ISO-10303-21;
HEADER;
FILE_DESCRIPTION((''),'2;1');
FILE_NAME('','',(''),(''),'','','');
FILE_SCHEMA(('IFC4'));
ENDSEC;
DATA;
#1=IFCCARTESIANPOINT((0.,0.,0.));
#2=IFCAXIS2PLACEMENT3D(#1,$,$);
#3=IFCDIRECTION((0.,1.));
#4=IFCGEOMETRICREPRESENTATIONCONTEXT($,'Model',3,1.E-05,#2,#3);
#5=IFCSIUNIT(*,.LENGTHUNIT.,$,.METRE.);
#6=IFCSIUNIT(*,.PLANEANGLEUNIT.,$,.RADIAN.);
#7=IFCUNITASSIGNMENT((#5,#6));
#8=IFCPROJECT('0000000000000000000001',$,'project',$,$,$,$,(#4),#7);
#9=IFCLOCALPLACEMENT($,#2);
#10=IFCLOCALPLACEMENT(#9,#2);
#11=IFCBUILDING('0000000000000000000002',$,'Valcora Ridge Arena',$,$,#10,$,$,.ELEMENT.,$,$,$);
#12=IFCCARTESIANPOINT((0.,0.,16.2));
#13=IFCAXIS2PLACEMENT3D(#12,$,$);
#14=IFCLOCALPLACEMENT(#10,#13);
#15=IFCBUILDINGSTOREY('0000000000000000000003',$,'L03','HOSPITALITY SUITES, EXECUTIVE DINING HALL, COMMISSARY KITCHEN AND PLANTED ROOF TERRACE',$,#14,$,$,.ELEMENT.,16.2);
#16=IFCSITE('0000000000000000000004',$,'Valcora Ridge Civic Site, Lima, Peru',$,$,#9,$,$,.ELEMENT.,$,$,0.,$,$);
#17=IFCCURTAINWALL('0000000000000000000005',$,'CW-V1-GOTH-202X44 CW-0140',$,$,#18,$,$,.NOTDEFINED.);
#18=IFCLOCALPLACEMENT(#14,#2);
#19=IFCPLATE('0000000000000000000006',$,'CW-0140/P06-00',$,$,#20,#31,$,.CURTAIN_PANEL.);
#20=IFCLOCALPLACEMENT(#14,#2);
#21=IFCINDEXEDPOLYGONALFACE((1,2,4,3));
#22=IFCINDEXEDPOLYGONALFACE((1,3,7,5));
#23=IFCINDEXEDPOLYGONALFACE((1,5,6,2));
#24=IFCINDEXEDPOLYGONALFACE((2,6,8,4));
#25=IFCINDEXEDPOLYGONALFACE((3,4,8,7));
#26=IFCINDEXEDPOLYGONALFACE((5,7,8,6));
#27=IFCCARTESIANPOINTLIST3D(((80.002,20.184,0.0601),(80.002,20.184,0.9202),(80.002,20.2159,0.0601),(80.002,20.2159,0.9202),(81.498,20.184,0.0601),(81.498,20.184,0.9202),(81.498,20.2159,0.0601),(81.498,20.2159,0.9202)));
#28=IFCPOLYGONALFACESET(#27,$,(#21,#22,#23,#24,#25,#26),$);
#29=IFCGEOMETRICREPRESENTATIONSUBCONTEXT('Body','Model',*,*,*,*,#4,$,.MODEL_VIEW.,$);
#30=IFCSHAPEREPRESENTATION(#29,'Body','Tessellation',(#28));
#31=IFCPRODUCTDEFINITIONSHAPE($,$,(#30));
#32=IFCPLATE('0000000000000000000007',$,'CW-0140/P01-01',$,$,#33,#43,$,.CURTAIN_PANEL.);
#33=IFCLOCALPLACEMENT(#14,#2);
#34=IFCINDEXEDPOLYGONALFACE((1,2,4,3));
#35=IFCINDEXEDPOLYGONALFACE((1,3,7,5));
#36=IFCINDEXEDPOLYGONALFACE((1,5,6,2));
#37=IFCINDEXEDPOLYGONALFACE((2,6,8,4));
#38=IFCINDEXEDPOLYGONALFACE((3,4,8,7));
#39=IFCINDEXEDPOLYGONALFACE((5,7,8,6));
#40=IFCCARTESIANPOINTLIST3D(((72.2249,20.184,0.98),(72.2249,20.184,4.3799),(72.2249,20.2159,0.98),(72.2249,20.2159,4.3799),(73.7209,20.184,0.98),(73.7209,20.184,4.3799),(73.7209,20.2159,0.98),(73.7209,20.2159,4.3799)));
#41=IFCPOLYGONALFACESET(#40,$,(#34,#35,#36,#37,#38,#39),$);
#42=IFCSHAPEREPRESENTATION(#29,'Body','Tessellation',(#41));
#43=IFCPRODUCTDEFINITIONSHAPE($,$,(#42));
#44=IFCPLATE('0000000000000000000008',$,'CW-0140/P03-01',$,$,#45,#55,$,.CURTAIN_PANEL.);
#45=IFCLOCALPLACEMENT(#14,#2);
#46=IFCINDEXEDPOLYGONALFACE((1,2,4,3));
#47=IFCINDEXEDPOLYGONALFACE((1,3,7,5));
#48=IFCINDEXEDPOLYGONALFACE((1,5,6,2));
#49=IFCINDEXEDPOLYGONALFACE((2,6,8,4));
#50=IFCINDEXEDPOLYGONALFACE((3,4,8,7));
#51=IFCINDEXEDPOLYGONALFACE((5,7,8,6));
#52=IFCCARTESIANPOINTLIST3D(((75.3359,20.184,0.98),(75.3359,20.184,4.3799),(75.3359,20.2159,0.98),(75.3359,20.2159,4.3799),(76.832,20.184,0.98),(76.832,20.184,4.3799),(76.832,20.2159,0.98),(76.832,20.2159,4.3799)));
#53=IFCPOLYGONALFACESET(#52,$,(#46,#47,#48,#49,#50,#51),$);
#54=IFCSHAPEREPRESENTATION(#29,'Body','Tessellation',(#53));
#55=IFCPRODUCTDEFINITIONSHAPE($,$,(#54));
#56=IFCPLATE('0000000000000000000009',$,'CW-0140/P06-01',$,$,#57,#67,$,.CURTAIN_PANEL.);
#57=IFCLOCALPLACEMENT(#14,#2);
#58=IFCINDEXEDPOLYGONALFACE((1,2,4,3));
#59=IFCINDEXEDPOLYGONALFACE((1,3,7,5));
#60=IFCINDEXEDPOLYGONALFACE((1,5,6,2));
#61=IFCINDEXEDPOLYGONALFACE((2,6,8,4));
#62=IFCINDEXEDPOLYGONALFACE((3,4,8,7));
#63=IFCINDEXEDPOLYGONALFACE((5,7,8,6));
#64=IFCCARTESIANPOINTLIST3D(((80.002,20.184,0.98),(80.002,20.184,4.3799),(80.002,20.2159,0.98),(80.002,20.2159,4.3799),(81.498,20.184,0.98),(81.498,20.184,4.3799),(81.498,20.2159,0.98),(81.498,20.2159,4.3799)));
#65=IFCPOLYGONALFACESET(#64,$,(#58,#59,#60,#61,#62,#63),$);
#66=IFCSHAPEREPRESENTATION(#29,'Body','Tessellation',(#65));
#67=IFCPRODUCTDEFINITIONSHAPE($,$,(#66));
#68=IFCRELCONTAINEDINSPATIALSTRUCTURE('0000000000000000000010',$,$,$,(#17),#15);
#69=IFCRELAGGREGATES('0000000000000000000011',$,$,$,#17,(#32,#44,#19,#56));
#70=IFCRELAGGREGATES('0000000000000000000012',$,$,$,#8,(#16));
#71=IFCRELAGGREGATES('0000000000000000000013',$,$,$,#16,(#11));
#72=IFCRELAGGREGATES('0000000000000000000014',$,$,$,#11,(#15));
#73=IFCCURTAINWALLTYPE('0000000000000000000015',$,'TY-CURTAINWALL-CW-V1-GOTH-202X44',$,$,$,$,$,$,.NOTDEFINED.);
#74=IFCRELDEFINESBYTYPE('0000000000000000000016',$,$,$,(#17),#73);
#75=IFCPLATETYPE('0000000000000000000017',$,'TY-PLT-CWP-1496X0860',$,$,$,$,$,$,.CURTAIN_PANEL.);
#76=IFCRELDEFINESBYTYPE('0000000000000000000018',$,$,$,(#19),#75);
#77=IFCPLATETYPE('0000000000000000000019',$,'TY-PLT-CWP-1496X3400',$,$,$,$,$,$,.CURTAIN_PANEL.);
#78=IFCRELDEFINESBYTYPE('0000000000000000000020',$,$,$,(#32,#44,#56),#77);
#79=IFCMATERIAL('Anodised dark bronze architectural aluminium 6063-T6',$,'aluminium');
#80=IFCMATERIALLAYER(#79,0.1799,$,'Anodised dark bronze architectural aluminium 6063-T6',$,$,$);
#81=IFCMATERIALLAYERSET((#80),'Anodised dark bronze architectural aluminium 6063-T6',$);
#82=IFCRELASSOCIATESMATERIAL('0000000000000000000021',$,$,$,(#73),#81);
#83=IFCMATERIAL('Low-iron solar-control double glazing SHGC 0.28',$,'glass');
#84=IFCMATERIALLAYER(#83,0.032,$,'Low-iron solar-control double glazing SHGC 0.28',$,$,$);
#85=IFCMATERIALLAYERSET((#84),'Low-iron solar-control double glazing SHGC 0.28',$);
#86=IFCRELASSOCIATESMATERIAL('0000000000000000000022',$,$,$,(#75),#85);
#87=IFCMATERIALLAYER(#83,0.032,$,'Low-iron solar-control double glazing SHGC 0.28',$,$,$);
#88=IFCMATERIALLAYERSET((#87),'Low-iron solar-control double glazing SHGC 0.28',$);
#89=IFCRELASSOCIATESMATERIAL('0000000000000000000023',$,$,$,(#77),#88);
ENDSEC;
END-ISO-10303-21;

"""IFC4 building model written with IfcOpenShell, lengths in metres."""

from ifc_helpers import new_model, si_unit, direction, frame, origin, origin_2d, place, context, subcontext, project, spatial, rectangle, extrude, material, layer, layer_set, type_object, element, aggregate, save


model = new_model("IFC4")

# Units and contexts
model_context = context("Model", 3, precision=1e-05, world=origin(), true_north=direction((0.0, 1.0)))
body_context = subcontext(model_context, "Body", "Model", "MODEL_VIEW")
ifc_project = project(units=[si_unit("LENGTHUNIT", "METRE"), si_unit("PLANEANGLEUNIT", "RADIAN")], contexts=[model_context])

# Site, building, storey
site_placement = place(None, origin())
site = spatial("IfcSite", under=ifc_project, at=site_placement, Name="Valcora Ridge Civic Site, Lima, Peru", CompositionType="ELEMENT", RefElevation=0.0)
building_placement = place(site_placement, origin())
building = spatial("IfcBuilding", under=site, at=building_placement, Name="Valcora Ridge Arena", CompositionType="ELEMENT")
storey_placement = place(building_placement, frame((0.0, 0.0, 16.2)))
storey = spatial("IfcBuildingStorey", under=building, at=storey_placement, Name="L03", Description="HOSPITALITY SUITES, EXECUTIVE DINING HALL, COMMISSARY KITCHEN AND PLANTED ROOF TERRACE", CompositionType="ELEMENT", Elevation=16.2)

# Curtain wall, plates
ifc_material_1 = material(Name="Anodised dark bronze architectural aluminium 6063-T6", Category="aluminium")
ifc_layer_1 = layer(ifc_material_1, 0.1799, Name="Anodised dark bronze architectural aluminium 6063-T6")
ifc_layer_set_1 = layer_set([ifc_layer_1], Name="Anodised dark bronze architectural aluminium 6063-T6")
curtain_wall_type = type_object("IfcCurtainWallType", Name="TY-CURTAINWALL-CW-V1-GOTH-202X44", PredefinedType="NOTDEFINED", material=ifc_layer_set_1)
curtain_wall_placement = place(storey_placement, origin())
curtain_wall = element("IfcCurtainWall", 1, at=curtain_wall_placement, inside=storey, type_object=curtain_wall_type, Name="CW-V1-GOTH-202X44 CW-0140", PredefinedType="NOTDEFINED")
ifc_material_2 = material(Name="Low-iron solar-control double glazing SHGC 0.28", Category="glass")
ifc_layer_2 = layer(ifc_material_2, 0.032, Name="Low-iron solar-control double glazing SHGC 0.28")
ifc_layer_set_2 = layer_set([ifc_layer_2], Name="Low-iron solar-control double glazing SHGC 0.28")
plate_type_1 = type_object("IfcPlateType", Name="TY-PLT-CWP-1496X0860", PredefinedType="CURTAIN_PANEL", material=ifc_layer_set_2)
plate_1_placement = place(storey_placement, frame((80.75, 20.2, 0.0601), z_axis=(0.0, 0.0, 1.0), x_axis=(1.0, 0.0, 0.0)))
plate_1 = element("IfcPlate", 2, at=plate_1_placement, type_object=plate_type_1, Name="CW-0140/P06-00", PredefinedType="CURTAIN_PANEL", context=body_context, shape_type="SweptSolid", body=[
    extrude(rectangle(XDim=1.4961, YDim=0.032, at=origin_2d()), origin(), (0.0, 0.0, 1.0), 0.8601),
])
ifc_layer_3 = layer(ifc_material_2, 0.032, Name="Low-iron solar-control double glazing SHGC 0.28")
ifc_layer_set_3 = layer_set([ifc_layer_3], Name="Low-iron solar-control double glazing SHGC 0.28")
plate_type_2 = type_object("IfcPlateType", Name="TY-PLT-CWP-1496X3400", PredefinedType="CURTAIN_PANEL", material=ifc_layer_set_3)
plate_2_placement = place(storey_placement, frame((72.9729, 20.2, 0.98), z_axis=(0.0, 0.0, 1.0), x_axis=(1.0, 0.0, 0.0)))
plate_2 = element("IfcPlate", 3, at=plate_2_placement, type_object=plate_type_2, Name="CW-0140/P01-01", PredefinedType="CURTAIN_PANEL", context=body_context, shape_type="SweptSolid", body=[
    extrude(rectangle(XDim=1.4961, YDim=0.032, at=origin_2d()), origin(), (0.0, 0.0, 1.0), 3.3999),
])
plate_3_placement = place(storey_placement, frame((76.084, 20.2, 0.98), z_axis=(0.0, 0.0, 1.0), x_axis=(1.0, 0.0, 0.0)))
plate_3 = element("IfcPlate", 4, at=plate_3_placement, type_object=plate_type_2, Name="CW-0140/P03-01", PredefinedType="CURTAIN_PANEL", context=body_context, shape_type="SweptSolid", body=[
    extrude(rectangle(XDim=1.4961, YDim=0.032, at=origin_2d()), origin(), (0.0, 0.0, 1.0), 3.3999),
])
plate_4_placement = place(storey_placement, frame((80.75, 20.2, 0.98), z_axis=(0.0, 0.0, 1.0), x_axis=(1.0, 0.0, 0.0)))
plate_4 = element("IfcPlate", 5, at=plate_4_placement, type_object=plate_type_2, Name="CW-0140/P06-01", PredefinedType="CURTAIN_PANEL", context=body_context, shape_type="SweptSolid", body=[
    extrude(rectangle(XDim=1.4961, YDim=0.032, at=origin_2d()), origin(), (0.0, 0.0, 1.0), 3.3999),
])
aggregate(curtain_wall, [plate_2, plate_3, plate_1, plate_4])

save(model, "model.ifc")
